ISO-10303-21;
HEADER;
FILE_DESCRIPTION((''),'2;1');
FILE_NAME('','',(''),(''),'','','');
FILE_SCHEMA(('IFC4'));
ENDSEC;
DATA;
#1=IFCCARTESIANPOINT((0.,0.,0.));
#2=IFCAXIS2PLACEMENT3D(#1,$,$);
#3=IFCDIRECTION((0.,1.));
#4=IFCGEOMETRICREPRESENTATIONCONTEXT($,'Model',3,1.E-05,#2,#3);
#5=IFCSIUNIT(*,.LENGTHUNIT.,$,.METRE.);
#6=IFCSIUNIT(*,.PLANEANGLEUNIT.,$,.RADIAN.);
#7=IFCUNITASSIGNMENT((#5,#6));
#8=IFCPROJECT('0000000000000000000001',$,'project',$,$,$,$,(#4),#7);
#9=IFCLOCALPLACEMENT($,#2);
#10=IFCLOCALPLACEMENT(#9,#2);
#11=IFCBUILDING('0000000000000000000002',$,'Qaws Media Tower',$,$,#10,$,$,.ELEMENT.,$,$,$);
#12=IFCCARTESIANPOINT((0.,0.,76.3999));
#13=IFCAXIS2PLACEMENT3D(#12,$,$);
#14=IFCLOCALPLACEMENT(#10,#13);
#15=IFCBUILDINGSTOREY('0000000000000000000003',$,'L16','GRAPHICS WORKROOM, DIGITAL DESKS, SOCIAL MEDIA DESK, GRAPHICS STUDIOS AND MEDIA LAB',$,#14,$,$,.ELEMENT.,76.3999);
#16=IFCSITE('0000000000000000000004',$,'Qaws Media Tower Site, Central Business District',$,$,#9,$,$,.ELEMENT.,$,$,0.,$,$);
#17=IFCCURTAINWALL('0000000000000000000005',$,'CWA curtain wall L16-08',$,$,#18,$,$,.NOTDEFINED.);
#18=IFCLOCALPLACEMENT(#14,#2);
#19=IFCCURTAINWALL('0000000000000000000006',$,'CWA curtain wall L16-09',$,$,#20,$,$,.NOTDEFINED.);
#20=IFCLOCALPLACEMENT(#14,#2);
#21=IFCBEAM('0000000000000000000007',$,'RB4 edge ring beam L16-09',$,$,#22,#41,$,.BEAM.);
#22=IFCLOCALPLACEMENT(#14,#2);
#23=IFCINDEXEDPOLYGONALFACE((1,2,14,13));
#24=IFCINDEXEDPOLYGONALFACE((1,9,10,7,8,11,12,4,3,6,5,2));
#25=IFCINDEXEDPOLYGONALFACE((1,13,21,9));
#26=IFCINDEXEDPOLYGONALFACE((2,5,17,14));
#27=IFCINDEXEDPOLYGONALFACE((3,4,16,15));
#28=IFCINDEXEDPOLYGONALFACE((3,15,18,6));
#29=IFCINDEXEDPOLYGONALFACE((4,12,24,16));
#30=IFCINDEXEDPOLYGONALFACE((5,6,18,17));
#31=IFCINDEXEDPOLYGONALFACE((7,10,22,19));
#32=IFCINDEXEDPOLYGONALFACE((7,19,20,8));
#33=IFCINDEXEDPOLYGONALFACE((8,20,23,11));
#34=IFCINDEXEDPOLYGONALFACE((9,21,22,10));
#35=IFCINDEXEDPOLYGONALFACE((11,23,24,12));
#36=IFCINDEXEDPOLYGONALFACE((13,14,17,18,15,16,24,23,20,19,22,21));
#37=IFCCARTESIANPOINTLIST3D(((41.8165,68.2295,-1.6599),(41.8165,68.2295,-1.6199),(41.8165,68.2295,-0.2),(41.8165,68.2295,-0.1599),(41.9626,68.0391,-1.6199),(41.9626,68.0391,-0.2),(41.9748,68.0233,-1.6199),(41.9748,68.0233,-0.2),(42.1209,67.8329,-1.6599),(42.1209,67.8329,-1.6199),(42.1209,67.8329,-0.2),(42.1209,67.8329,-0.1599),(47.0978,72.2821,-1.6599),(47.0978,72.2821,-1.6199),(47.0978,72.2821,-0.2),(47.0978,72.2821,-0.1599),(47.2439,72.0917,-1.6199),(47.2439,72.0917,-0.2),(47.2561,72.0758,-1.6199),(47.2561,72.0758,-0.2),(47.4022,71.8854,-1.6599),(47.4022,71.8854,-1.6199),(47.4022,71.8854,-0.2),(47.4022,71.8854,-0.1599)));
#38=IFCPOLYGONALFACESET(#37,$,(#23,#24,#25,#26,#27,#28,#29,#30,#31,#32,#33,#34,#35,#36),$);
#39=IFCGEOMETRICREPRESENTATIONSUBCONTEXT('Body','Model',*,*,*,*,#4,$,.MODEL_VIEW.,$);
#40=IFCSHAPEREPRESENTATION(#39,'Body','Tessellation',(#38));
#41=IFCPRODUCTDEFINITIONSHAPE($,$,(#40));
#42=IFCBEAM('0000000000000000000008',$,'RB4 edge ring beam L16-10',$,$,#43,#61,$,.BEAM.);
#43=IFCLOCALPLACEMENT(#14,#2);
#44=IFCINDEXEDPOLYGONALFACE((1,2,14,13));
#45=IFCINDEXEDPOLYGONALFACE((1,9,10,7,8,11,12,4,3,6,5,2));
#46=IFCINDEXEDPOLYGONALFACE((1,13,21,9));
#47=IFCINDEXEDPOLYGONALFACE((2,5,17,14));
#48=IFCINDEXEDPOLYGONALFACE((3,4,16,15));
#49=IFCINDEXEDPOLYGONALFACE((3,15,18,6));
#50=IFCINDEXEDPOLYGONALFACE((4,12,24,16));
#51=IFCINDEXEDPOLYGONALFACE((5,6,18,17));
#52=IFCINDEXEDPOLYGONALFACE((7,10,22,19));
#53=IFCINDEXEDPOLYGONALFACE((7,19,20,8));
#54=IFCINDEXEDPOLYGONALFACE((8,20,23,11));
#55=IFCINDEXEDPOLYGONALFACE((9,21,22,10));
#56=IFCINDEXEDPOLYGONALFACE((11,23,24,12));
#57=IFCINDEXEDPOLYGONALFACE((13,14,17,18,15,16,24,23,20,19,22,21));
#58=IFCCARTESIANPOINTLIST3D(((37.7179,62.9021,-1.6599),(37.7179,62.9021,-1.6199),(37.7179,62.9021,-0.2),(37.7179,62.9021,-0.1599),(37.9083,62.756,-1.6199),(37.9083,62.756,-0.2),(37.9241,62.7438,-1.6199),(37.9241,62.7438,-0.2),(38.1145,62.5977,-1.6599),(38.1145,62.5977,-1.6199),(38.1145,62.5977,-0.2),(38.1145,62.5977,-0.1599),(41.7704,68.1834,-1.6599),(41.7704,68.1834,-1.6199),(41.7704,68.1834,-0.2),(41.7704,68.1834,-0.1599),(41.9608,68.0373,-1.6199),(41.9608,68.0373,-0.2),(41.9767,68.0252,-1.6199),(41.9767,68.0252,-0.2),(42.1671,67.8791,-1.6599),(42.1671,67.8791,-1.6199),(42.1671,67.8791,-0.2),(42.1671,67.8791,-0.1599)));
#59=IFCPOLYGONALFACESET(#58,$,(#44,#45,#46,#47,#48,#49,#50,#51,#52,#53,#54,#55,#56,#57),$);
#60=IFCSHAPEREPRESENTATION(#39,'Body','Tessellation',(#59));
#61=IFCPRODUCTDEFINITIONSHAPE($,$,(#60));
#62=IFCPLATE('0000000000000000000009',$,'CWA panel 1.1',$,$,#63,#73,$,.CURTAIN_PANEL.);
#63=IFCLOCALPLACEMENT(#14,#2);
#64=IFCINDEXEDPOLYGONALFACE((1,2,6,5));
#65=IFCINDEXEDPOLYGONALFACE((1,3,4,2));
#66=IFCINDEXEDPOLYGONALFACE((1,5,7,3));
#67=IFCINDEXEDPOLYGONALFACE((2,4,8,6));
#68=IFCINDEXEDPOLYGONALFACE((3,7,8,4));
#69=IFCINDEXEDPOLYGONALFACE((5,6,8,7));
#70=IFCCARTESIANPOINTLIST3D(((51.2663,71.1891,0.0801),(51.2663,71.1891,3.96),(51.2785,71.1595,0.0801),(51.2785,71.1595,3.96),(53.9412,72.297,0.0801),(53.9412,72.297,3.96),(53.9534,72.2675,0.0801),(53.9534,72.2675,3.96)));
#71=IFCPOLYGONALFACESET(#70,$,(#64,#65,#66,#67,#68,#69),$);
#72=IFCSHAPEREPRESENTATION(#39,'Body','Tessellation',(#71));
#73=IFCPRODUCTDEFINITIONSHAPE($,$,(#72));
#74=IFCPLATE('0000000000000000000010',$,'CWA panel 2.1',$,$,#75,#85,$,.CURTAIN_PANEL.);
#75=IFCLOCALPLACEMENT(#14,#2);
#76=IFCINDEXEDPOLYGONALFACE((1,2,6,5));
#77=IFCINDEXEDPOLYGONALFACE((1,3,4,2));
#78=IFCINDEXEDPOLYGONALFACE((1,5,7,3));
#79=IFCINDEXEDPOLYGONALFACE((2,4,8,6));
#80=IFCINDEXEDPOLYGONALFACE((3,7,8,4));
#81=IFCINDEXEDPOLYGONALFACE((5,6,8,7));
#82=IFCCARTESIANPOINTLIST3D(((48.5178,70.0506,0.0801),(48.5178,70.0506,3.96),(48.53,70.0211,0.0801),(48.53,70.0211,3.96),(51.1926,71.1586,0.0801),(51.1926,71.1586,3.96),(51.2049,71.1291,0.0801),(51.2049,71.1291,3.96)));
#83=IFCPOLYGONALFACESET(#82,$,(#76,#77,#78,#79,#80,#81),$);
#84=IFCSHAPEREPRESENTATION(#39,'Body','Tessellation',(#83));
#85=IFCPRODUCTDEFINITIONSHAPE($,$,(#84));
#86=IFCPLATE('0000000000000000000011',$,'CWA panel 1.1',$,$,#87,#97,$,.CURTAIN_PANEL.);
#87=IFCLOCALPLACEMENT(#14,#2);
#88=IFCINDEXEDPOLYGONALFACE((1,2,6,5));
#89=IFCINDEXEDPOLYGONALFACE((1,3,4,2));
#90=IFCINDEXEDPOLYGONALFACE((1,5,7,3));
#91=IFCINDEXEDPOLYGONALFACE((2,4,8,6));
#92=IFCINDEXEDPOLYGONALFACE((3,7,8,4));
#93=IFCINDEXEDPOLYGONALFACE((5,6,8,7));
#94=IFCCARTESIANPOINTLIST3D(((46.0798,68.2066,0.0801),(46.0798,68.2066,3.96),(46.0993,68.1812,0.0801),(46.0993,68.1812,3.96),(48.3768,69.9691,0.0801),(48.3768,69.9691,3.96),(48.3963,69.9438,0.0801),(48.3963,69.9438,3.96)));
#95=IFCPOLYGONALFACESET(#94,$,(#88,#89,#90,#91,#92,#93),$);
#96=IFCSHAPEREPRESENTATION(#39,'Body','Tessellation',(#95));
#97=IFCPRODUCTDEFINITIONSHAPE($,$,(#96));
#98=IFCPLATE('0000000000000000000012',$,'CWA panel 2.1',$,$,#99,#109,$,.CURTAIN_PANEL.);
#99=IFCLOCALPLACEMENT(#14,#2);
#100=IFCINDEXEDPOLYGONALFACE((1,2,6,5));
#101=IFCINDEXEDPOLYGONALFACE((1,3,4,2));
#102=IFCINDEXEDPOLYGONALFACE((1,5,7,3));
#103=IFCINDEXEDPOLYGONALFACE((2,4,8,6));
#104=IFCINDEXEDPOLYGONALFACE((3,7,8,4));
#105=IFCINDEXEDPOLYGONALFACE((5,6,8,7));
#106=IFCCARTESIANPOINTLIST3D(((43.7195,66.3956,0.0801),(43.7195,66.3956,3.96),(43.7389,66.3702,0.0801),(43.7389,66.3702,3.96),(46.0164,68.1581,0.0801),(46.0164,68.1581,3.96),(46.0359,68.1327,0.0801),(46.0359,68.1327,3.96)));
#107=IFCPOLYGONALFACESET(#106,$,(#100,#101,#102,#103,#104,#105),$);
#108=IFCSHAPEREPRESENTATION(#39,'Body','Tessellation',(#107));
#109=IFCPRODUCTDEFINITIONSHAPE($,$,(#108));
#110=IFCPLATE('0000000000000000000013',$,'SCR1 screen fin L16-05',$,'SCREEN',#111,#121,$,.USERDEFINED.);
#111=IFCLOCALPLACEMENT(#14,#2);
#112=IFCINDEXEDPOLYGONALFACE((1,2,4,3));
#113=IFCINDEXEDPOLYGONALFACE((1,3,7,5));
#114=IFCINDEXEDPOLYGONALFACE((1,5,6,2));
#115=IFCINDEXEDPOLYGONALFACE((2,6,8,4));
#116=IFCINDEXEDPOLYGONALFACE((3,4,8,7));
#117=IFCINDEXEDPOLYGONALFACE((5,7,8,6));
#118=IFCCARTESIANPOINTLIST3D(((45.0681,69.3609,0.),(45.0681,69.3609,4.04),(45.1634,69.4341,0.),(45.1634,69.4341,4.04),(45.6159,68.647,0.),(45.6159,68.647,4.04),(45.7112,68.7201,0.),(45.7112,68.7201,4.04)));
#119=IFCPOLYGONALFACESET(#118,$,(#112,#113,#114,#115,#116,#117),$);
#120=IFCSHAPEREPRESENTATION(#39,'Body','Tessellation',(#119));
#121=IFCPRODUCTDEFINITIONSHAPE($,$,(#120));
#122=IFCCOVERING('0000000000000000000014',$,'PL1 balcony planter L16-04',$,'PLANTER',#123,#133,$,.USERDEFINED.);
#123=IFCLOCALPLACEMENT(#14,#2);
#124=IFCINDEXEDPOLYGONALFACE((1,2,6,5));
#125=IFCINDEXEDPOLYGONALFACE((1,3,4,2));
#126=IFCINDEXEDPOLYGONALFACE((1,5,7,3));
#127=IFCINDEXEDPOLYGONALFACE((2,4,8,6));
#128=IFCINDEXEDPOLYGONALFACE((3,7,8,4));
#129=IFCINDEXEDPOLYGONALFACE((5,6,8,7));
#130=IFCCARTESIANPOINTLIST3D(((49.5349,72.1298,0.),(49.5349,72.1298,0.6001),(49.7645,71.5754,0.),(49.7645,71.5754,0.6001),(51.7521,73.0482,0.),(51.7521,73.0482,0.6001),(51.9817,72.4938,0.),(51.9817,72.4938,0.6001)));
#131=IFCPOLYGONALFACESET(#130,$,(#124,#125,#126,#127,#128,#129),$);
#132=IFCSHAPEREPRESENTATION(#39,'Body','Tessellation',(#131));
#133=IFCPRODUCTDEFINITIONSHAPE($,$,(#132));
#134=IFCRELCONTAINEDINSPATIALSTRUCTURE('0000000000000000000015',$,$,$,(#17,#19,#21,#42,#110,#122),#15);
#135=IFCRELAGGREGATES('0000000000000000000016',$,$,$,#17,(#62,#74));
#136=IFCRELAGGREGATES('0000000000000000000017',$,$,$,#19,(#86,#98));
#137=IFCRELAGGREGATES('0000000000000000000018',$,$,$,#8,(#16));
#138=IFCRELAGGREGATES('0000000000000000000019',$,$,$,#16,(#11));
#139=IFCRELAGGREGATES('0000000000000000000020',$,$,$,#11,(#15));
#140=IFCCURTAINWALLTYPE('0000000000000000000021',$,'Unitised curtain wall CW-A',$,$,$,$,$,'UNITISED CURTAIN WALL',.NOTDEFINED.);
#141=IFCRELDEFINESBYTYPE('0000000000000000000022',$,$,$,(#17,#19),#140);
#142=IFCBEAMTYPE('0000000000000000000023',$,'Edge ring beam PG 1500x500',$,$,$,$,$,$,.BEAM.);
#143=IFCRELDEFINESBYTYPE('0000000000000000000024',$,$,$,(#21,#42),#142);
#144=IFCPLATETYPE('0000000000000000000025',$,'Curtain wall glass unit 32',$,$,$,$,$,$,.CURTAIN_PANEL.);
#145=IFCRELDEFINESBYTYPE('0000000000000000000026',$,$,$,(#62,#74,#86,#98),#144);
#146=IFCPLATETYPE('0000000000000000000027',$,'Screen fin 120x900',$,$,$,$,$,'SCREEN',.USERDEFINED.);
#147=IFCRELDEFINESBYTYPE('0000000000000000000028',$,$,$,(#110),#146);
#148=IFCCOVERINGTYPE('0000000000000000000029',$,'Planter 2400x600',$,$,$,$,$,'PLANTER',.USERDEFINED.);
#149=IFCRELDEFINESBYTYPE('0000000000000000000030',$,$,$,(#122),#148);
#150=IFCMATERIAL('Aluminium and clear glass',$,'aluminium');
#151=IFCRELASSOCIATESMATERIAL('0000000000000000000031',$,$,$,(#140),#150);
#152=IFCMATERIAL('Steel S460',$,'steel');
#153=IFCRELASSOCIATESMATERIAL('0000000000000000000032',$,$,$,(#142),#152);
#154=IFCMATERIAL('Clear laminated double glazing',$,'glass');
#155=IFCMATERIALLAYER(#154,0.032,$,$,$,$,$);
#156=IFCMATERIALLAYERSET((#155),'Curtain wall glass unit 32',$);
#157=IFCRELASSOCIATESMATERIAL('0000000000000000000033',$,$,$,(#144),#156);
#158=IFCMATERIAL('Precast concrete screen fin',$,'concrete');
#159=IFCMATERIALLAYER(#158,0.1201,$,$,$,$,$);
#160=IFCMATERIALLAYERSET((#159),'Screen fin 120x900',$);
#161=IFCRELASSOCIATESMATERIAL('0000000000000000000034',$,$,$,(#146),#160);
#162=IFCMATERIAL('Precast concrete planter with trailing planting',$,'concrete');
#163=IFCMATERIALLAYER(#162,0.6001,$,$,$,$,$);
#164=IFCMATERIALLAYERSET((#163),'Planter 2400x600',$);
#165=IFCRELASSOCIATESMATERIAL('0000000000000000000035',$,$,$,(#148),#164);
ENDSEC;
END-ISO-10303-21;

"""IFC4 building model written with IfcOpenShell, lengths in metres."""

from ifc_helpers import new_model, si_unit, direction, frame, origin, origin_2d, place, context, subcontext, project, spatial, rectangle, i_section, extrude, material, layer, layer_set, material_profile, profile_set, type_object, element, aggregate, save


model = new_model("IFC4")

# Units and contexts
model_context = context("Model", 3, precision=1e-05, world=origin(), true_north=direction((0.0, 1.0)))
body_context = subcontext(model_context, "Body", "Model", "MODEL_VIEW")
ifc_project = project(units=[si_unit("LENGTHUNIT", "METRE"), si_unit("PLANEANGLEUNIT", "RADIAN")], contexts=[model_context])

# Site, building, storey
site_placement = place(None, origin())
site = spatial("IfcSite", under=ifc_project, at=site_placement, Name="Qaws Media Tower Site, Central Business District", CompositionType="ELEMENT", RefElevation=0.0)
building_placement = place(site_placement, origin())
building = spatial("IfcBuilding", under=site, at=building_placement, Name="Qaws Media Tower", CompositionType="ELEMENT")
storey_placement = place(building_placement, frame((0.0, 0.0, 76.3999)))
storey = spatial("IfcBuildingStorey", under=building, at=storey_placement, Name="L16", Description="GRAPHICS WORKROOM, DIGITAL DESKS, SOCIAL MEDIA DESK, GRAPHICS STUDIOS AND MEDIA LAB", CompositionType="ELEMENT", Elevation=76.3999)

# Curtain walls
ifc_material_1 = material(Name="Aluminium and clear glass", Category="aluminium")
curtain_wall_type = type_object("IfcCurtainWallType", Name="Unitised curtain wall CW-A", ElementType="UNITISED CURTAIN WALL", PredefinedType="NOTDEFINED", material=ifc_material_1)
curtain_wall_1_placement = place(storey_placement, origin())
curtain_wall_1 = element("IfcCurtainWall", 1, at=curtain_wall_1_placement, inside=storey, type_object=curtain_wall_type, Name="CWA curtain wall L16-08", PredefinedType="NOTDEFINED")
curtain_wall_2_placement = place(storey_placement, origin())
curtain_wall_2 = element("IfcCurtainWall", 2, at=curtain_wall_2_placement, inside=storey, type_object=curtain_wall_type, Name="CWA curtain wall L16-09", PredefinedType="NOTDEFINED")

# Beams
ifc_material_2 = material(Name="Steel S460", Category="steel")
ifc_material_profile_1 = material_profile(ifc_material_2, i_section(OverallWidth=0.5, OverallDepth=1.5, WebThickness=0.02, FlangeThickness=0.04, at=origin_2d()), Name="PG 1500x500")
ifc_profile_set_1 = profile_set([ifc_material_profile_1], Name="Steel S460")
beam_type = type_object("IfcBeamType", Name="Edge ring beam PG 1500x500", PredefinedType="BEAM", material=ifc_profile_set_1)
for number, where, z_axis, x_axis, name in (
    (3, (47.25, 72.0837, -0.9099), (-0.79335, -0.608766, 0.0), (0.608766, -0.79335, 0.0), "RB4 edge ring beam L16-09"),
    (4, (41.9688, 68.0312, -0.9099), (-0.608766, -0.79335, 0.0), (0.79335, -0.608766, 0.0), "RB4 edge ring beam L16-10"),
):
    element("IfcBeam", number, at=place(storey_placement, frame(where, z_axis=z_axis, x_axis=x_axis)), inside=storey, type_object=beam_type, Name=name, PredefinedType="BEAM", context=body_context, shape_type="SweptSolid", body=[
        extrude(i_section(OverallWidth=0.5, OverallDepth=1.5, WebThickness=0.02, FlangeThickness=0.04, at=origin_2d()), origin(), (0.0, 0.0, 1.0), 6.657),
    ])

# Plates
ifc_material_3 = material(Name="Clear laminated double glazing", Category="glass")
ifc_layer_1 = layer(ifc_material_3, 0.032)
ifc_layer_set_1 = layer_set([ifc_layer_1], Name="Curtain wall glass unit 32")
plate_type_1 = type_object("IfcPlateType", Name="Curtain wall glass unit 32", PredefinedType="CURTAIN_PANEL", material=ifc_layer_set_1)
plate_1_placement = place(storey_placement, frame((52.6099, 71.7283, 0.0801), z_axis=(0.0, 0.0, 1.0), x_axis=(-0.92388, -0.382683, 0.0)))
plate_1 = element("IfcPlate", 5, at=plate_1_placement, type_object=plate_type_1, Name="CWA panel 1.1", PredefinedType="CURTAIN_PANEL", context=body_context, shape_type="SweptSolid", body=[
    extrude(rectangle(XDim=2.8953, YDim=0.032, at=origin_2d()), origin(), (0.0, 0.0, 1.0), 3.8799),
])
plate_2_placement = place(storey_placement, frame((49.8613, 70.5898, 0.0801), z_axis=(0.0, 0.0, 1.0), x_axis=(-0.92388, -0.382683, 0.0)))
plate_2 = element("IfcPlate", 6, at=plate_2_placement, type_object=plate_type_1, Name="CWA panel 2.1", PredefinedType="CURTAIN_PANEL", context=body_context, shape_type="SweptSolid", body=[
    extrude(rectangle(XDim=2.8953, YDim=0.032, at=origin_2d()), origin(), (0.0, 0.0, 1.0), 3.8799),
])
aggregate(curtain_wall_1, [plate_1, plate_2])
plate_3_placement = place(storey_placement, frame((47.238, 69.0752, 0.0801), z_axis=(0.0, 0.0, 1.0), x_axis=(-0.793353, -0.608761, 0.0)))
plate_3 = element("IfcPlate", 7, at=plate_3_placement, type_object=plate_type_1, Name="CWA panel 1.1", PredefinedType="CURTAIN_PANEL", context=body_context, shape_type="SweptSolid", body=[
    extrude(rectangle(XDim=2.8953, YDim=0.032, at=origin_2d()), origin(), (0.0, 0.0, 1.0), 3.8799),
])
plate_4_placement = place(storey_placement, frame((44.8777, 67.2642, 0.0801), z_axis=(0.0, 0.0, 1.0), x_axis=(-0.793353, -0.608761, 0.0)))
plate_4 = element("IfcPlate", 8, at=plate_4_placement, type_object=plate_type_1, Name="CWA panel 2.1", PredefinedType="CURTAIN_PANEL", context=body_context, shape_type="SweptSolid", body=[
    extrude(rectangle(XDim=2.8953, YDim=0.032, at=origin_2d()), origin(), (0.0, 0.0, 1.0), 3.8799),
])
aggregate(curtain_wall_2, [plate_3, plate_4])
ifc_material_4 = material(Name="Precast concrete screen fin", Category="concrete")
ifc_layer_2 = layer(ifc_material_4, 0.1201)
ifc_layer_set_2 = layer_set([ifc_layer_2], Name="Screen fin 120x900")
plate_type_2 = type_object("IfcPlateType", Name="Screen fin 120x900", ElementType="SCREEN", PredefinedType="USERDEFINED", material=ifc_layer_set_2)
plate_5_placement = place(storey_placement, frame((45.3896, 69.0405, 0.0), z_axis=(0.0, 0.0, 1.0), x_axis=(-0.608761, 0.793353, 0.0)))
element("IfcPlate", 9, at=plate_5_placement, inside=storey, type_object=plate_type_2, Name="SCR1 screen fin L16-05", ObjectType="SCREEN", PredefinedType="USERDEFINED", context=body_context, shape_type="SweptSolid", body=[
    extrude(rectangle(XDim=0.8999, YDim=0.1201, at=origin_2d()), origin(), (0.0, 0.0, 1.0), 4.04),
])

# Covering
ifc_material_5 = material(Name="Precast concrete planter with trailing planting", Category="concrete")
ifc_layer_3 = layer(ifc_material_5, 0.6001)
ifc_layer_set_3 = layer_set([ifc_layer_3], Name="Planter 2400x600")
covering_type = type_object("IfcCoveringType", Name="Planter 2400x600", ElementType="PLANTER", PredefinedType="USERDEFINED", material=ifc_layer_set_3)
covering_placement = place(storey_placement, frame((50.7583, 72.3118, 0.0), z_axis=(0.0, 0.0, 1.0), x_axis=(-0.92388, -0.382683, 0.0)))
element("IfcCovering", 10, at=covering_placement, inside=storey, type_object=covering_type, Name="PL1 balcony planter L16-04", ObjectType="PLANTER", PredefinedType="USERDEFINED", context=body_context, shape_type="SweptSolid", body=[
    extrude(rectangle(XDim=2.3999, YDim=0.6001, at=origin_2d()), origin(), (0.0, 0.0, 1.0), 0.6001),
])

save(model, "model.ifc")
